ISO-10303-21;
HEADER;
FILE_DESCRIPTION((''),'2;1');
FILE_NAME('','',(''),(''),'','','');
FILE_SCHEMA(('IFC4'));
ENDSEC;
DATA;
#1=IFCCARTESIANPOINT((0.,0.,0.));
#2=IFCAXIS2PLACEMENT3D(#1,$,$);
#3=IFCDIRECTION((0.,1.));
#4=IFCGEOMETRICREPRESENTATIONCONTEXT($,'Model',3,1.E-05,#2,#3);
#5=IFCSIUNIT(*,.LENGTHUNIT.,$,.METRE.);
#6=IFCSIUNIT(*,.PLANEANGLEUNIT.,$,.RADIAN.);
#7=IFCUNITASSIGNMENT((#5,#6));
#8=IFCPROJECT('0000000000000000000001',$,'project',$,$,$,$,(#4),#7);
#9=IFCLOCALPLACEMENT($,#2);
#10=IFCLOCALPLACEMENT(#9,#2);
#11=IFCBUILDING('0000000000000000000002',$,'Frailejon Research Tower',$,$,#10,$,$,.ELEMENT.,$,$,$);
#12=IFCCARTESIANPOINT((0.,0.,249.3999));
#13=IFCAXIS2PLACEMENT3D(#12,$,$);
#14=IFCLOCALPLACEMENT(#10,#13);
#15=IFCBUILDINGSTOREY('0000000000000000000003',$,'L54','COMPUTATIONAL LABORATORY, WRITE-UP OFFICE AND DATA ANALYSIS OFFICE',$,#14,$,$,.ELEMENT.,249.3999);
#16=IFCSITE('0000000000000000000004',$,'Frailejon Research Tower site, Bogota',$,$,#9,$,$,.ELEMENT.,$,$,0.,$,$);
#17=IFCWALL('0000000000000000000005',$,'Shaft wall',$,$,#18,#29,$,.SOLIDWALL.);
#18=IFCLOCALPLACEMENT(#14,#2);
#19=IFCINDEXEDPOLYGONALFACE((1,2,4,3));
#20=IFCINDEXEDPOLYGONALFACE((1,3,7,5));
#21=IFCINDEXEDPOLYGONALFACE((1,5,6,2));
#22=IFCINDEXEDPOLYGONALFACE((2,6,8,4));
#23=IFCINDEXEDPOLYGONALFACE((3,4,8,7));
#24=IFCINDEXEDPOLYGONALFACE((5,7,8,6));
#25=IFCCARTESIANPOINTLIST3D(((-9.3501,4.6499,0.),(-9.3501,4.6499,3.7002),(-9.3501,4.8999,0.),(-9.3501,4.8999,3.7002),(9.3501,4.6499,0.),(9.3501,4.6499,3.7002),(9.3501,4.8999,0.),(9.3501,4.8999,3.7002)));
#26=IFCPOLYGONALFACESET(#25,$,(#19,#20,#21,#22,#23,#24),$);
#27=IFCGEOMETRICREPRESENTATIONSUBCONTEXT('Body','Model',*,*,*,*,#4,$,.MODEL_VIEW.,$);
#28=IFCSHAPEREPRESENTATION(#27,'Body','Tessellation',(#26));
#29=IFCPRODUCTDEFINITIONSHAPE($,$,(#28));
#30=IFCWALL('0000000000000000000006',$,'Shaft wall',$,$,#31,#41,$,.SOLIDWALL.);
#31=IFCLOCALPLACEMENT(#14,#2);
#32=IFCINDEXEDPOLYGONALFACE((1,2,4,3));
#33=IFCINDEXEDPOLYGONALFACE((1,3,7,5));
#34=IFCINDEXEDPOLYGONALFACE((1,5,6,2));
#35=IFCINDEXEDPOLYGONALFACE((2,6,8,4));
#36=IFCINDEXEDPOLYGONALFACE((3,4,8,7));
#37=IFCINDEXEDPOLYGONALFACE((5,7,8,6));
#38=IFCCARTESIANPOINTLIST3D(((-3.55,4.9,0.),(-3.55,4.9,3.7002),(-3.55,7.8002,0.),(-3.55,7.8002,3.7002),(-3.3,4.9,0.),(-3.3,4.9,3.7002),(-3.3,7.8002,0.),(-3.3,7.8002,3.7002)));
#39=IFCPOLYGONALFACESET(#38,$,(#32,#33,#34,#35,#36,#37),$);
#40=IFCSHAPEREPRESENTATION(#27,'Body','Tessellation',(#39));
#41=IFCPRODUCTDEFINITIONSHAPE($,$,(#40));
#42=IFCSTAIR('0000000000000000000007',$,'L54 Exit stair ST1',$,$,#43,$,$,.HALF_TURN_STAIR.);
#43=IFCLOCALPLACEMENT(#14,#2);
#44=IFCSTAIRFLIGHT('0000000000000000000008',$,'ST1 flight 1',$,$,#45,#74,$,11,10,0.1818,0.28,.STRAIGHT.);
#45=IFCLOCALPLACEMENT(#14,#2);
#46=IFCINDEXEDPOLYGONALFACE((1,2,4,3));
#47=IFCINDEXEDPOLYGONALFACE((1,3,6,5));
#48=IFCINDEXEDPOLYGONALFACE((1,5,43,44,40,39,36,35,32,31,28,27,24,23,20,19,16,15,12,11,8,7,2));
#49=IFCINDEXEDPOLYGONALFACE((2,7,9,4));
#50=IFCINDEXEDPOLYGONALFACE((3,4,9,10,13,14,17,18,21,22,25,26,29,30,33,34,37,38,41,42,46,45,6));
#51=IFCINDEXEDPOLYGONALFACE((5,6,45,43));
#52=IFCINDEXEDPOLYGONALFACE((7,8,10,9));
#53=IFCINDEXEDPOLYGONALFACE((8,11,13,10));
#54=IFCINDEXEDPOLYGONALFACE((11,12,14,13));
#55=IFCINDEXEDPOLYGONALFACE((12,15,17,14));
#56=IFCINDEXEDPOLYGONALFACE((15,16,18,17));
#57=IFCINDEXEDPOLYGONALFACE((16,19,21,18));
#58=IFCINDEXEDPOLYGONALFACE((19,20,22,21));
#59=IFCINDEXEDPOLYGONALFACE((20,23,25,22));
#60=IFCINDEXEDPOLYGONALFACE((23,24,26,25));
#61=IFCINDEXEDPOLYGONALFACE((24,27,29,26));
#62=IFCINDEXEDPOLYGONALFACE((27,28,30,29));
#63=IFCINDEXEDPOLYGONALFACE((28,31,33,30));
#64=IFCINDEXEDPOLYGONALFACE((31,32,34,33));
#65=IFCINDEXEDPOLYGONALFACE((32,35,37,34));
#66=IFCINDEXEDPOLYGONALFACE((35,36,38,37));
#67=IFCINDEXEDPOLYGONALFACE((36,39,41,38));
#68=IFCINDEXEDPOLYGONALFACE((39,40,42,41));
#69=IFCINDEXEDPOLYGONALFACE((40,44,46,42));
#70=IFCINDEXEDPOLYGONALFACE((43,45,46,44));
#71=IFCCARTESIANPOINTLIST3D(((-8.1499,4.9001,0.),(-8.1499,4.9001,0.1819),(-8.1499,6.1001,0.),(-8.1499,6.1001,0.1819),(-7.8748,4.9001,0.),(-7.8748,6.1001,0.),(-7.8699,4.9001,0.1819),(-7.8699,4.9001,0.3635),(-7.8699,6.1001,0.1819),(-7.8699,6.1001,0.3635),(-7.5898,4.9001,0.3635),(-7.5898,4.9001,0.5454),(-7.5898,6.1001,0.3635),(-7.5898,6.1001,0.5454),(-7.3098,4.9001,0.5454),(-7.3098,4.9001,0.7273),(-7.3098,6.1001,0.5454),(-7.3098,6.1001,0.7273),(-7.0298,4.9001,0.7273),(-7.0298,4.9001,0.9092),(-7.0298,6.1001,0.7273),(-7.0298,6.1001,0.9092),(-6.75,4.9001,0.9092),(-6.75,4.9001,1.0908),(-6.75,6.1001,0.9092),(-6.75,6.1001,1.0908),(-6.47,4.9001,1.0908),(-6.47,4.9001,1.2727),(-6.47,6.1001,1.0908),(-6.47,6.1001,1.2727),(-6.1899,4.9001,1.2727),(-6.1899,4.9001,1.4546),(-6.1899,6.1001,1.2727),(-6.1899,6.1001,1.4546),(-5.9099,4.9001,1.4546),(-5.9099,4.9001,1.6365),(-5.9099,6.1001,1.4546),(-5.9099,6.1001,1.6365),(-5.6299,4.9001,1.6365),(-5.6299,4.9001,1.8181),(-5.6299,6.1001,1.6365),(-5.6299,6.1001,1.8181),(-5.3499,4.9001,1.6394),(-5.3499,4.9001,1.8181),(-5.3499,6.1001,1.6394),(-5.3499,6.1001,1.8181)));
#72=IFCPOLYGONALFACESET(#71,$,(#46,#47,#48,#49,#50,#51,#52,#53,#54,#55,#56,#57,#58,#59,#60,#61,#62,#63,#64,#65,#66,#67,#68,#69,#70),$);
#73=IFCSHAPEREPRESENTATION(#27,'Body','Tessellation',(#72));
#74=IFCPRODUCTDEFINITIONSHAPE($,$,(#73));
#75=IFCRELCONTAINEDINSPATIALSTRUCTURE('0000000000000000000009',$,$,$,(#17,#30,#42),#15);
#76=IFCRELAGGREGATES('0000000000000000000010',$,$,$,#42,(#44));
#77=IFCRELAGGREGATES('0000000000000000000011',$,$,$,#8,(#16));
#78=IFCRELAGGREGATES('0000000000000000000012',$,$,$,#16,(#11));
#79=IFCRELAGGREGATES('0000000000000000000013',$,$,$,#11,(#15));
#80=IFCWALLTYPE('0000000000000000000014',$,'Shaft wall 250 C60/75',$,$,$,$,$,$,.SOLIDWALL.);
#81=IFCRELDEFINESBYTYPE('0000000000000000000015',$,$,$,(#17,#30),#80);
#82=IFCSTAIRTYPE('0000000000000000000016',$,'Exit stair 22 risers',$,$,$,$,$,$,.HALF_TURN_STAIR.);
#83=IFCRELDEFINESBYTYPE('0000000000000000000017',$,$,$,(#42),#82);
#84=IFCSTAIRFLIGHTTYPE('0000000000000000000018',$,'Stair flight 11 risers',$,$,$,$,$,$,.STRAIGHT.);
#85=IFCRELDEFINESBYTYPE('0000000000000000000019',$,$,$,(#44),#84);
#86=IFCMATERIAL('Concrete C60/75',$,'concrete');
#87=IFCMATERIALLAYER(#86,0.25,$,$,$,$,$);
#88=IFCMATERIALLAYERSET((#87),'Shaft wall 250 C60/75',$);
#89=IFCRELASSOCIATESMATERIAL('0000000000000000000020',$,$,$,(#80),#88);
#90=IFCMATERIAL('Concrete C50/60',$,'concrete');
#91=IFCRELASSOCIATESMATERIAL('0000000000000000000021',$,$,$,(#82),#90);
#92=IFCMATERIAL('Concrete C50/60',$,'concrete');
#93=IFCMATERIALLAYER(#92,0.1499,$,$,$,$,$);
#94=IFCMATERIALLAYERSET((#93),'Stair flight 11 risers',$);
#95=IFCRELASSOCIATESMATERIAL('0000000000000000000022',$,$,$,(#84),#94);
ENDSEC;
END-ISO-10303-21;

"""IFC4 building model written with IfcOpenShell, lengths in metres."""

from ifc_helpers import new_model, si_unit, direction, frame, frame_2d, origin, place, context, subcontext, project, spatial, polyline, rectangle, outline, extrude, material, layer, layer_set, type_object, element, aggregate, save


model = new_model("IFC4")

# Units and contexts
model_context = context("Model", 3, precision=1e-05, world=origin(), true_north=direction((0.0, 1.0)))
body_context = subcontext(model_context, "Body", "Model", "MODEL_VIEW")
ifc_project = project(units=[si_unit("LENGTHUNIT", "METRE"), si_unit("PLANEANGLEUNIT", "RADIAN")], contexts=[model_context])

# Site, building, storey
site_placement = place(None, origin())
site = spatial("IfcSite", under=ifc_project, at=site_placement, Name="Frailejon Research Tower site, Bogota", CompositionType="ELEMENT", RefElevation=0.0)
building_placement = place(site_placement, origin())
building = spatial("IfcBuilding", under=site, at=building_placement, Name="Frailejon Research Tower", CompositionType="ELEMENT")
storey_placement = place(building_placement, frame((0.0, 0.0, 249.3999)))
storey = spatial("IfcBuildingStorey", under=building, at=storey_placement, Name="L54", Description="COMPUTATIONAL LABORATORY, WRITE-UP OFFICE AND DATA ANALYSIS OFFICE", CompositionType="ELEMENT", Elevation=249.3999)

# Shared definitions
ifc_material_1 = material(Name="Concrete C60/75", Category="concrete")
ifc_layer_1 = layer(ifc_material_1, 0.25)
ifc_layer_set_1 = layer_set([ifc_layer_1], Name="Shaft wall 250 C60/75")
wall_type_1 = type_object("IfcWallType", Name="Shaft wall 250 C60/75", PredefinedType="SOLIDWALL", material=ifc_layer_set_1)

# Walls
wall_1_placement = place(storey_placement, frame((-9.3501, 4.7749, 0.0), z_axis=(0.0, 0.0, 1.0), x_axis=(1.0, 0.0, 0.0)))
element("IfcWall", 1, at=wall_1_placement, inside=storey, type_object=wall_type_1, Name="Shaft wall", PredefinedType="SOLIDWALL", context=body_context, shape_type="SweptSolid", body=[
    extrude(rectangle(XDim=18.7002, YDim=0.25, at=frame_2d((9.3501, 0.0))), origin(), (0.0, 0.0, 1.0), 3.7002),
])
wall_2_placement = place(storey_placement, frame((-3.425, 4.8999, 0.0), z_axis=(0.0, 0.0, 1.0), x_axis=(0.0, 1.0, 0.0)))
element("IfcWall", 2, at=wall_2_placement, inside=storey, type_object=wall_type_1, Name="Shaft wall", PredefinedType="SOLIDWALL", context=body_context, shape_type="SweptSolid", body=[
    extrude(rectangle(XDim=2.9001, YDim=0.25, at=frame_2d((1.4502, 0.0))), origin(), (0.0, 0.0, 1.0), 3.7002),
])

# Stair, stair flight
ifc_material_2 = material(Name="Concrete C50/60", Category="concrete")
stair_type = type_object("IfcStairType", Name="Exit stair 22 risers", PredefinedType="HALF_TURN_STAIR", material=ifc_material_2)
stair_placement = place(storey_placement, origin())
stair = element("IfcStair", 3, at=stair_placement, inside=storey, type_object=stair_type, Name="L54 Exit stair ST1", PredefinedType="HALF_TURN_STAIR")
ifc_material_3 = material(Name="Concrete C50/60", Category="concrete")
ifc_layer_2 = layer(ifc_material_3, 0.1499)
ifc_layer_set_2 = layer_set([ifc_layer_2], Name="Stair flight 11 risers")
stair_flight_type = type_object("IfcStairFlightType", Name="Stair flight 11 risers", PredefinedType="STRAIGHT", material=ifc_layer_set_2)
stair_flight_placement = place(storey_placement, frame((-8.1499, 5.5, 0.0), z_axis=(0.0, 0.0, 1.0), x_axis=(1.0, 0.0, 0.0)))
stair_flight = element("IfcStairFlight", 4, at=stair_flight_placement, type_object=stair_flight_type, Name="ST1 flight 1", NumberOfRisers=11, NumberOfTreads=10, PredefinedType="STRAIGHT", RiserHeight=0.1818, TreadLength=0.28, context=body_context, shape_type="SweptSolid", body=[
    extrude(outline(polyline([(0.0, 0.0), (0.0, 0.1819), (0.28, 0.1819), (0.28, 0.3635), (0.5601, 0.3635), (0.5601, 0.5454), (0.8401, 0.5454), (0.8401, 0.7273), (1.1201, 0.7273), (1.1201, 0.9092), (1.3999, 0.9092), (1.3999, 1.0908), (1.6799, 1.0908), (1.6799, 1.2727), (1.96, 1.2727), (1.96, 1.4546), (2.24, 1.4546), (2.24, 1.6365), (2.52, 1.6365), (2.52, 1.8181), (2.8, 1.8181), (2.8, 2.0), (2.8, 1.6394), (0.2751, 0.0), (0.0, 0.0)])), frame((0.0, 0.6001, 0.0), z_axis=(0.0, -1.0, 0.0), x_axis=(1.0, 0.0, 0.0)), (0.0, 0.0, 1.0), 1.2),
])
aggregate(stair, [stair_flight])

save(model, "model.ifc")
